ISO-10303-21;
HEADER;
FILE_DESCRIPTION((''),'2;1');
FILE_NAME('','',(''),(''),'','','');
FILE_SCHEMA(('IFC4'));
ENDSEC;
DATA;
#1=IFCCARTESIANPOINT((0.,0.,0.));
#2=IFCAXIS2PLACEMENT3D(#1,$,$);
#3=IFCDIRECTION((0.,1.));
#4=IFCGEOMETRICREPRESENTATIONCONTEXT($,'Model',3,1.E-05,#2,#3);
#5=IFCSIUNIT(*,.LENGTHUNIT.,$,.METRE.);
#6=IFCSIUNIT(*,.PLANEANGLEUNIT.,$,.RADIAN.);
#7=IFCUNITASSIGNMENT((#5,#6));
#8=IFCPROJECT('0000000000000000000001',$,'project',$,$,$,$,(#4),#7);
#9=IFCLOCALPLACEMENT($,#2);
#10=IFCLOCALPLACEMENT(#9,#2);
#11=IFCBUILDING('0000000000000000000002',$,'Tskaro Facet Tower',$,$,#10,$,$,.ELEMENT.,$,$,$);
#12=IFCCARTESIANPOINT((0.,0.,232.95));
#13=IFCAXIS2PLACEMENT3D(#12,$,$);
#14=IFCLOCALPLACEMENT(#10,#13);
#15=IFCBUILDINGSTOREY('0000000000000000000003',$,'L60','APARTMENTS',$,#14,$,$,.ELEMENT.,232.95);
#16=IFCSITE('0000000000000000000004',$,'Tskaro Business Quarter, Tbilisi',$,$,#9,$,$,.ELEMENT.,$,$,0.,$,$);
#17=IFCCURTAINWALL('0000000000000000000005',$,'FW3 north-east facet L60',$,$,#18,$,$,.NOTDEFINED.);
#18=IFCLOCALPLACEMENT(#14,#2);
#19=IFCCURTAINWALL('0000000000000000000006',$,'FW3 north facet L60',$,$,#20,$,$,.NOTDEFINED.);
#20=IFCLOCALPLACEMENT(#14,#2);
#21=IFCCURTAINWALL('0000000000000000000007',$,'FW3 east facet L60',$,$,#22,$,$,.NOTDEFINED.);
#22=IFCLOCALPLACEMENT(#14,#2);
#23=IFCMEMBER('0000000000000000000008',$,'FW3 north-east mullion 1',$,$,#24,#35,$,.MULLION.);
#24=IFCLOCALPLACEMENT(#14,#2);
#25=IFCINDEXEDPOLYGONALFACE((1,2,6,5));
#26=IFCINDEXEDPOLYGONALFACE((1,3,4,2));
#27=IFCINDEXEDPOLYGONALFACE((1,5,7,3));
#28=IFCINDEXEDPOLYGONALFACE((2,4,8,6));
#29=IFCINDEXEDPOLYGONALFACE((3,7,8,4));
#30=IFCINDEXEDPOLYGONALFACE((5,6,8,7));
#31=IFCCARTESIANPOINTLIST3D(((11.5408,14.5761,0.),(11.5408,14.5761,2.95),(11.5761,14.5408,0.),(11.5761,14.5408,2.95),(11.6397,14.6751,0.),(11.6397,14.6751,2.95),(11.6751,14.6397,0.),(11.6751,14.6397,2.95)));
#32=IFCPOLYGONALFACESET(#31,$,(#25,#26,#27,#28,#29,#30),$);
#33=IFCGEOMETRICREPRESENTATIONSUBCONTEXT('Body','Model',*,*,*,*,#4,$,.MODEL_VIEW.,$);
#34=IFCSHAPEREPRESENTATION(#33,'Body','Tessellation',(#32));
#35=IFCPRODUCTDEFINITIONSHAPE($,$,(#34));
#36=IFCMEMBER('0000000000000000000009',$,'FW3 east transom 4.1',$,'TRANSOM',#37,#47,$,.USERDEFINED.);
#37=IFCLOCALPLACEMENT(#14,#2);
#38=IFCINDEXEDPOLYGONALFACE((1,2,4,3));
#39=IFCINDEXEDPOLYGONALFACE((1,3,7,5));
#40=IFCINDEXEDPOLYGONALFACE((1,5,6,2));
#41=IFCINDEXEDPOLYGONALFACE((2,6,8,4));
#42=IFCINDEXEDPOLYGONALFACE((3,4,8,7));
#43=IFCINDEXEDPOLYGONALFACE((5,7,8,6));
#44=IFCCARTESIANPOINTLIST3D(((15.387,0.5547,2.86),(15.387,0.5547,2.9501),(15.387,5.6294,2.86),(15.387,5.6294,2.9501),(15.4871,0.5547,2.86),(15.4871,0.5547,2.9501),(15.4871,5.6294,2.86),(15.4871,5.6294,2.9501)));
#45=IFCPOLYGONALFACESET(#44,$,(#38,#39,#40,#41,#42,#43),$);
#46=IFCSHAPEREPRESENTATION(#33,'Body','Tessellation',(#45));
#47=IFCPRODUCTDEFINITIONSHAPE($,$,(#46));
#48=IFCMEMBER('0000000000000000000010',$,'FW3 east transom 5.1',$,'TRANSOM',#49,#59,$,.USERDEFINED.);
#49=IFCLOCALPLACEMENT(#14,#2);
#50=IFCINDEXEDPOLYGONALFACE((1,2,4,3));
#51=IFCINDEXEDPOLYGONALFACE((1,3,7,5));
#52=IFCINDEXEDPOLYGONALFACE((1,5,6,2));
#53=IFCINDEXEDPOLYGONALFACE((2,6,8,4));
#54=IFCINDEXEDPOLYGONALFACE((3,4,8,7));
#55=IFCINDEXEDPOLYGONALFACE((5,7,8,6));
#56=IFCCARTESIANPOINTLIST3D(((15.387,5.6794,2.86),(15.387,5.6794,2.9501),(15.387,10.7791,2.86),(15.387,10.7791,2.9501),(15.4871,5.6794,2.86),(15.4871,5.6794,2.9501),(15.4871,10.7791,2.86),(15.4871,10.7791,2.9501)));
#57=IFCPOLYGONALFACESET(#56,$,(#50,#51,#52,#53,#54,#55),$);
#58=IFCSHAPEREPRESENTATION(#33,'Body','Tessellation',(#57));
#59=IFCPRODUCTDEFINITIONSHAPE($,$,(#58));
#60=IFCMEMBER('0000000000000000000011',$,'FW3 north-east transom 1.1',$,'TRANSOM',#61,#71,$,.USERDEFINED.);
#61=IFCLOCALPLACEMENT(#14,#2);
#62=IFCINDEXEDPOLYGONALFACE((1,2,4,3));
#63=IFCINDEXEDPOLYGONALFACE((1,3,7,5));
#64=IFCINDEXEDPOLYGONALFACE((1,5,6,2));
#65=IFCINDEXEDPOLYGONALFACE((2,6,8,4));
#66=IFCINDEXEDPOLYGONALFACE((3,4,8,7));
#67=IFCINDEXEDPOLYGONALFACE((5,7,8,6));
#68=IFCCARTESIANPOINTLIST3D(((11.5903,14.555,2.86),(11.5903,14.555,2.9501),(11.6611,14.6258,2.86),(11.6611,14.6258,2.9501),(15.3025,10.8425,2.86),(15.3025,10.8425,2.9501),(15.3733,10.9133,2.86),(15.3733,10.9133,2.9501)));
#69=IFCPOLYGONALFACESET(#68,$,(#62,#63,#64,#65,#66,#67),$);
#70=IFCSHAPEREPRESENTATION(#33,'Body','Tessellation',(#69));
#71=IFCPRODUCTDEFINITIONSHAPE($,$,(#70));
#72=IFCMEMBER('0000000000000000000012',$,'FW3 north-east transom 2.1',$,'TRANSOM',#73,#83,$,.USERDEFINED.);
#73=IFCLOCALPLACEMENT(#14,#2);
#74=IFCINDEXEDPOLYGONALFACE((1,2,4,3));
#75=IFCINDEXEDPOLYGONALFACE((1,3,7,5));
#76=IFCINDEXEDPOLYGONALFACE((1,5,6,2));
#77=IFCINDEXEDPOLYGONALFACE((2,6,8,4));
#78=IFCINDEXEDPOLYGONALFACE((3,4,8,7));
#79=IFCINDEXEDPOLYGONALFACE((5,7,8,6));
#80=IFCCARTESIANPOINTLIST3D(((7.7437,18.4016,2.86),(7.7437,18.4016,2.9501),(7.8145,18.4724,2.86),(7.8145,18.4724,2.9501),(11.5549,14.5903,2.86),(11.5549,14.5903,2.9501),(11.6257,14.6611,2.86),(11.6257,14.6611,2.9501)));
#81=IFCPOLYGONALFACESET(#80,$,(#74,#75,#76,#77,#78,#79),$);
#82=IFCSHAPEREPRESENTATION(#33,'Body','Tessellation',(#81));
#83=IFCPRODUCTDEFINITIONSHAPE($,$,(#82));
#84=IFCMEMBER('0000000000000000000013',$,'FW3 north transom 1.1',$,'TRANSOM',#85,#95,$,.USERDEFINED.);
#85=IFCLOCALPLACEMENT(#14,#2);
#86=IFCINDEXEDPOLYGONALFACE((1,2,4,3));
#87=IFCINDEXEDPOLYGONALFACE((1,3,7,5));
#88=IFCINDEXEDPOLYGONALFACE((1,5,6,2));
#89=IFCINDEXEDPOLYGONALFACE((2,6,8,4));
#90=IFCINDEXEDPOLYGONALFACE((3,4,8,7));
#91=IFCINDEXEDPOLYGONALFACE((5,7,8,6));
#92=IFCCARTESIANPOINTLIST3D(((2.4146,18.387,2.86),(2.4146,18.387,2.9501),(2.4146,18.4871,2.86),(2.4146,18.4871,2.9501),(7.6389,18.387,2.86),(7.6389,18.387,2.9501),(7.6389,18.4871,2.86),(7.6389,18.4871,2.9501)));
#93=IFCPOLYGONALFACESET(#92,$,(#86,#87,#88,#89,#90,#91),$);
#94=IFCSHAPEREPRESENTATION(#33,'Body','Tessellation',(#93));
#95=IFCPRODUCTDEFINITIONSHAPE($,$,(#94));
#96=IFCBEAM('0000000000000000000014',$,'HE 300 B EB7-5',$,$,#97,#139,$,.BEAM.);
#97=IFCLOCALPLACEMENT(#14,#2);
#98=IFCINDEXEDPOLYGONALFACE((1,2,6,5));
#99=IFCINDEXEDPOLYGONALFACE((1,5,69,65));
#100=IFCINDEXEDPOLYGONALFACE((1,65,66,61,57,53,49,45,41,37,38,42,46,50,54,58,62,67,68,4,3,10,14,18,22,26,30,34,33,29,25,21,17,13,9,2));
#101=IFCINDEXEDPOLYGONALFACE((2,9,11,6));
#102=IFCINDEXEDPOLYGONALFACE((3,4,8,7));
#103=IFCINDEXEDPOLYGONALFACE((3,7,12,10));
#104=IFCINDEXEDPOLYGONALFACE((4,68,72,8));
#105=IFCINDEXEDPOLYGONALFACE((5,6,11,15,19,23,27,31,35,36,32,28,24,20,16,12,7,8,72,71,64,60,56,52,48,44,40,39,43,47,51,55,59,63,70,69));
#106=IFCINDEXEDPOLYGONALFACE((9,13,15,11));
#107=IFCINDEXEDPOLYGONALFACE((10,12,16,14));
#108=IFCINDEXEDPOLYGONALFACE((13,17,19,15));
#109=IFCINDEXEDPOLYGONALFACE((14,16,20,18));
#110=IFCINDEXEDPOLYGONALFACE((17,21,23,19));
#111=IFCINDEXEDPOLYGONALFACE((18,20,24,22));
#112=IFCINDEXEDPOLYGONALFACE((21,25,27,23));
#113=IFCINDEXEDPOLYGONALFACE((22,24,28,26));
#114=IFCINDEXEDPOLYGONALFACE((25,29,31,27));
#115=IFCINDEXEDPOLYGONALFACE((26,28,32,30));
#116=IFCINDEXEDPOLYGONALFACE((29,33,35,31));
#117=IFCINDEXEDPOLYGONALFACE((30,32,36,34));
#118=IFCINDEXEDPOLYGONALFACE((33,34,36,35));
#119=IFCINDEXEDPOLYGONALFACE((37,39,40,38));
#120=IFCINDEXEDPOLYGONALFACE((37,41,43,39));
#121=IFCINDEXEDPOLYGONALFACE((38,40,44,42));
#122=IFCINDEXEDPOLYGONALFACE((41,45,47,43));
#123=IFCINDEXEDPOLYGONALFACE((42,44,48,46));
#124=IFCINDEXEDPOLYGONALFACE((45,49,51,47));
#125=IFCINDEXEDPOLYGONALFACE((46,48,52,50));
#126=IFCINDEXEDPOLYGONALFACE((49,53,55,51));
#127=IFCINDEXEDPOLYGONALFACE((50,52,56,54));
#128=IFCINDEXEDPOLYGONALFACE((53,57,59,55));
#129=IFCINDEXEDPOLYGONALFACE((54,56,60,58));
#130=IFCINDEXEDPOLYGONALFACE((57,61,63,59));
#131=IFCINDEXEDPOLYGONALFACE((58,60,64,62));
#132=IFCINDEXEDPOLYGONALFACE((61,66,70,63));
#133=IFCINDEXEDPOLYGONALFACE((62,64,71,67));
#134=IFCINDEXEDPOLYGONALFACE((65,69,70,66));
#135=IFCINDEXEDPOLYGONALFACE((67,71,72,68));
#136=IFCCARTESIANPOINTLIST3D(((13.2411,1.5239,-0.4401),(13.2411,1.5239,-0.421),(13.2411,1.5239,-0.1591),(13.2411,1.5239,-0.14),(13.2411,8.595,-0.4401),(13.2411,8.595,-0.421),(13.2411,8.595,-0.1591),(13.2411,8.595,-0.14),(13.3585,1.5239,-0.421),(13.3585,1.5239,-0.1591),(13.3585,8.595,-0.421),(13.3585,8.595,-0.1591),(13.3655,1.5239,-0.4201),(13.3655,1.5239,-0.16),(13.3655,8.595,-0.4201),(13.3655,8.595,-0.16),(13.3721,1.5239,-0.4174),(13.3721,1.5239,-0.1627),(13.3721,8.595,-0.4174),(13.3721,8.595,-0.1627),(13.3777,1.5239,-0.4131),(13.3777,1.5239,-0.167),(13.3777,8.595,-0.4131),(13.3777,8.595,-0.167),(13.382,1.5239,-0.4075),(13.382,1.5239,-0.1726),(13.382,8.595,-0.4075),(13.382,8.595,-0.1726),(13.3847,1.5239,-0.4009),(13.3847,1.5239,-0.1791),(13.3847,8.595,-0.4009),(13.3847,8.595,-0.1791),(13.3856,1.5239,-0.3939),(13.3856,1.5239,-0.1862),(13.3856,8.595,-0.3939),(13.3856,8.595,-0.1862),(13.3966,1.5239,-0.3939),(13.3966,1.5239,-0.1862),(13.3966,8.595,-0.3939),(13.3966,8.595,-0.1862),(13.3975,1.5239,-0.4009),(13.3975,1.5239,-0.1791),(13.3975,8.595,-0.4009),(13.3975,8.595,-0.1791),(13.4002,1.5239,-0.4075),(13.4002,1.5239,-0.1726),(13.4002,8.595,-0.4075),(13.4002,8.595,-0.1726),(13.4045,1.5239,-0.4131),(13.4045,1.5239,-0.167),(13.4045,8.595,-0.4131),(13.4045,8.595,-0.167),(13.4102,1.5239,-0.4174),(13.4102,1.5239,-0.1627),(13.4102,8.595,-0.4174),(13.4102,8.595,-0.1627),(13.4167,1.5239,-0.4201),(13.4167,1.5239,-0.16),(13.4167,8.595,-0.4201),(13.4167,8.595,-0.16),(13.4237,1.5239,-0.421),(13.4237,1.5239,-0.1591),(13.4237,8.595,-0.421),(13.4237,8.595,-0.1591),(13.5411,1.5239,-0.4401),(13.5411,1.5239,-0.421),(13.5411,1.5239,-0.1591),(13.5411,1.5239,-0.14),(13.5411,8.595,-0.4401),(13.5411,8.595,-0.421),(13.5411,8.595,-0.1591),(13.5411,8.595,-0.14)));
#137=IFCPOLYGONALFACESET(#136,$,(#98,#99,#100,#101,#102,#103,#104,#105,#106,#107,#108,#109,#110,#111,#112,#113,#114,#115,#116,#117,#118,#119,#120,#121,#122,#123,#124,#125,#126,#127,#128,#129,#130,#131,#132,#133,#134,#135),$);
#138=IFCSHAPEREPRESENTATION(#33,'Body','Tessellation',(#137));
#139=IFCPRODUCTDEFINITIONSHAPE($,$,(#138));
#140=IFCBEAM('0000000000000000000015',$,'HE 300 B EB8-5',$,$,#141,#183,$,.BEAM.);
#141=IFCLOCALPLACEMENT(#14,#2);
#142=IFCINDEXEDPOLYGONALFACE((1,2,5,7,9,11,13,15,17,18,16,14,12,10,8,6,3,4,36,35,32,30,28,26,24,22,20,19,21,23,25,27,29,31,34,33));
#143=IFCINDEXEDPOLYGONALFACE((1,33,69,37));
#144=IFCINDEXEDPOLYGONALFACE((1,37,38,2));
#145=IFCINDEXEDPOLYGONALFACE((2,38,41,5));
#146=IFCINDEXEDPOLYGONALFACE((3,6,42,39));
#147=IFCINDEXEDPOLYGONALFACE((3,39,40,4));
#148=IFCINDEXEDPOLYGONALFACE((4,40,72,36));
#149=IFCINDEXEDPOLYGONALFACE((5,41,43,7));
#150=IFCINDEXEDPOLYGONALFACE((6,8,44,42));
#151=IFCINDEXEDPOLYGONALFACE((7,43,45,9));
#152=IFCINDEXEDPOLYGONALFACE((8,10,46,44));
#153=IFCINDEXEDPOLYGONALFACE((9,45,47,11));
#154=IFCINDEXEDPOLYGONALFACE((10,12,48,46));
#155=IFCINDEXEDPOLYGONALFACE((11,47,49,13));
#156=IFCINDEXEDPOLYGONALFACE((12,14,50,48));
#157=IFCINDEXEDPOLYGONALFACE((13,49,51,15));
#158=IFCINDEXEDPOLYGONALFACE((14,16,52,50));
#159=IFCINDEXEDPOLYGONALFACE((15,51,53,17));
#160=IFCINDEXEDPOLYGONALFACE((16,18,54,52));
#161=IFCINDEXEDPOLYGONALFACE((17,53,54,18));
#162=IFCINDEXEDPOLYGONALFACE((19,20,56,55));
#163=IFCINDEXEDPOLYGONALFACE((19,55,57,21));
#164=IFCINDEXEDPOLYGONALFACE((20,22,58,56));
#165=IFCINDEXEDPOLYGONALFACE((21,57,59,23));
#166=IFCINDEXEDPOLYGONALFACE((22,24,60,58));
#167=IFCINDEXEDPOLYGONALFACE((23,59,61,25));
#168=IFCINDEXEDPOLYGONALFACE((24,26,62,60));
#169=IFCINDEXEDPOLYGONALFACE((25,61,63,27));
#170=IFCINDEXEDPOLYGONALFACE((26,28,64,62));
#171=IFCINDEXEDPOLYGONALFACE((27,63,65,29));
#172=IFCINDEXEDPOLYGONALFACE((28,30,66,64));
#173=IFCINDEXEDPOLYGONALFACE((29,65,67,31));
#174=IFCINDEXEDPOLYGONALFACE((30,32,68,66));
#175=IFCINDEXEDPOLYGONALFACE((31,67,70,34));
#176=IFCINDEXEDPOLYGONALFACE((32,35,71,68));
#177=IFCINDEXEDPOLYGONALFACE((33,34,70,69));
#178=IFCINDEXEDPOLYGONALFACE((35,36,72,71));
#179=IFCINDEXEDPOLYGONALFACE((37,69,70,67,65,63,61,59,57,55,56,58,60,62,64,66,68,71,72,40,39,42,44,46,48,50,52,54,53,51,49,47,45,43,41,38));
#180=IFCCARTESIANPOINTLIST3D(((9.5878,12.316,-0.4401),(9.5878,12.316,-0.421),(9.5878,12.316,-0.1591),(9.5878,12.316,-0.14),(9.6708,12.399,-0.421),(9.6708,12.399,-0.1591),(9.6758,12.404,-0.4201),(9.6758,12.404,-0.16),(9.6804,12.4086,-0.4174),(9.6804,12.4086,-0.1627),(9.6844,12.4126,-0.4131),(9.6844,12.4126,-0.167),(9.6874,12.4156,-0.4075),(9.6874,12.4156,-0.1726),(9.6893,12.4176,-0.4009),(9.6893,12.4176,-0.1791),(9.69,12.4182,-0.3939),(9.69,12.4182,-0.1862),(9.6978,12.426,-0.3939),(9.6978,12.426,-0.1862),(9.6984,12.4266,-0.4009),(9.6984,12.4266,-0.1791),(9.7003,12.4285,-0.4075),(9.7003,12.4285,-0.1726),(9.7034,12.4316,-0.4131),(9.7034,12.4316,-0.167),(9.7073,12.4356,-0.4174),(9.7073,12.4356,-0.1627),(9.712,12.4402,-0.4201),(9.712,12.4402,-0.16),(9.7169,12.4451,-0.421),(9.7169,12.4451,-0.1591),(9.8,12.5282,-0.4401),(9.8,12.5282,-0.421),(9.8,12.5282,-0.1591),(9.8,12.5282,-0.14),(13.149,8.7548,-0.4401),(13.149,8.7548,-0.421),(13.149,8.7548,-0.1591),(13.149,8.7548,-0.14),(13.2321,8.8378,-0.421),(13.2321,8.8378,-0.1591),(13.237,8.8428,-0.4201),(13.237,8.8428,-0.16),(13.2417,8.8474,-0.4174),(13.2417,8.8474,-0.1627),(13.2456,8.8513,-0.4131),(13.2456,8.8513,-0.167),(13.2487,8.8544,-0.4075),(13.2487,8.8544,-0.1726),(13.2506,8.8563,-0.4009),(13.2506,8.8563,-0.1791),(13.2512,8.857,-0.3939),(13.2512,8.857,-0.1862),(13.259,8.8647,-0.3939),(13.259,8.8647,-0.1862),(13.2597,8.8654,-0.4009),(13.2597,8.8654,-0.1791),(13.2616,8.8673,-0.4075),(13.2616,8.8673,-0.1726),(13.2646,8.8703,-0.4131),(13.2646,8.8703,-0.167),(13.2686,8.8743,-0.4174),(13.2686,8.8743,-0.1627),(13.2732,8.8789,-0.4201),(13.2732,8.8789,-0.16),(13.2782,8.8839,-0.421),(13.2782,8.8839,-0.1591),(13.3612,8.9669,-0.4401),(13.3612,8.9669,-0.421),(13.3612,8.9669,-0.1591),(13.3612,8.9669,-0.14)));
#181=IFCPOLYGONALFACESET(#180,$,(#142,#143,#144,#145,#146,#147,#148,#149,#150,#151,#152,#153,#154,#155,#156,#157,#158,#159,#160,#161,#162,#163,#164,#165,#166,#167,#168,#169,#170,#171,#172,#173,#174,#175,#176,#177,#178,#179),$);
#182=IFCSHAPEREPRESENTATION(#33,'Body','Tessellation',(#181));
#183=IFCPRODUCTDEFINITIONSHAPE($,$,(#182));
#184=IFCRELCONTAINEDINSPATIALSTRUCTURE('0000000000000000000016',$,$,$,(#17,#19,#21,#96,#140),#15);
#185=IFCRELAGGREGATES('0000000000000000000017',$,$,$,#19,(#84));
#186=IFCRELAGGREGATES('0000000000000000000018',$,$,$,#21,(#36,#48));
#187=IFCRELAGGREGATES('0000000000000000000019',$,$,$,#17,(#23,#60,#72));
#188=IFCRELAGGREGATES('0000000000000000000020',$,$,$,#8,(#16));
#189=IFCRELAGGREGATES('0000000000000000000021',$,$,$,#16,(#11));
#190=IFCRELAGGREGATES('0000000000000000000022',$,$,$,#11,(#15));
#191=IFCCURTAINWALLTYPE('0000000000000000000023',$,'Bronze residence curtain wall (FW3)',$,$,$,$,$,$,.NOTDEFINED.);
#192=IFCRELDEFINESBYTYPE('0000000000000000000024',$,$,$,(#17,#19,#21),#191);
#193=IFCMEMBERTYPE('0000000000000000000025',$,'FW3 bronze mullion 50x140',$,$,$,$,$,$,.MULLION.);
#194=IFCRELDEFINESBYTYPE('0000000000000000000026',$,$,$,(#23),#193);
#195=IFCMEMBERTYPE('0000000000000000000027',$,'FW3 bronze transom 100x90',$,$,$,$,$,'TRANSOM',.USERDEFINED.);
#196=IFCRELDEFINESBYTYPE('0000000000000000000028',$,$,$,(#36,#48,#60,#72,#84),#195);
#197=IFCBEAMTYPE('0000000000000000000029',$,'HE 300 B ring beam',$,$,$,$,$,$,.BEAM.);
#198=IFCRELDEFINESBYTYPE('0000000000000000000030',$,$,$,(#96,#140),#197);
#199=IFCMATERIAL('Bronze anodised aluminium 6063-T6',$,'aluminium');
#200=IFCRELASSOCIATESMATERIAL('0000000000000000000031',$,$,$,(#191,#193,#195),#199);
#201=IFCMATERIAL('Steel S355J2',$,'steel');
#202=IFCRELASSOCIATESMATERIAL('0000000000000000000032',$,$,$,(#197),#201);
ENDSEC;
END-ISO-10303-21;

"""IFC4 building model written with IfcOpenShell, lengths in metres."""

from ifc_helpers import new_model, si_unit, direction, frame, origin, origin_2d, place, context, subcontext, project, spatial, rectangle, i_section, extrude, material, material_profile, profile_set, type_object, element, aggregate, save


model = new_model("IFC4")

# Units and contexts
model_context = context("Model", 3, precision=1e-05, world=origin(), true_north=direction((0.0, 1.0)))
body_context = subcontext(model_context, "Body", "Model", "MODEL_VIEW")
ifc_project = project(units=[si_unit("LENGTHUNIT", "METRE"), si_unit("PLANEANGLEUNIT", "RADIAN")], contexts=[model_context])

# Site, building, storey
site_placement = place(None, origin())
site = spatial("IfcSite", under=ifc_project, at=site_placement, Name="Tskaro Business Quarter, Tbilisi", CompositionType="ELEMENT", RefElevation=0.0)
building_placement = place(site_placement, origin())
building = spatial("IfcBuilding", under=site, at=building_placement, Name="Tskaro Facet Tower", CompositionType="ELEMENT")
storey_placement = place(building_placement, frame((0.0, 0.0, 232.95)))
storey = spatial("IfcBuildingStorey", under=building, at=storey_placement, Name="L60", Description="APARTMENTS", CompositionType="ELEMENT", Elevation=232.95)

# Shared definitions
ifc_material_1 = material(Name="Steel S355J2", Category="steel")

# Curtain walls
ifc_material_2 = material(Name="Bronze anodised aluminium 6063-T6", Category="aluminium")
curtain_wall_type = type_object("IfcCurtainWallType", Name="Bronze residence curtain wall (FW3)", PredefinedType="NOTDEFINED", material=ifc_material_2)
curtain_wall_1_placement = place(storey_placement, origin())
curtain_wall_1 = element("IfcCurtainWall", 1, at=curtain_wall_1_placement, inside=storey, type_object=curtain_wall_type, Name="FW3 north-east facet L60", PredefinedType="NOTDEFINED")
curtain_wall_2_placement = place(storey_placement, origin())
curtain_wall_2 = element("IfcCurtainWall", 2, at=curtain_wall_2_placement, inside=storey, type_object=curtain_wall_type, Name="FW3 north facet L60", PredefinedType="NOTDEFINED")

# Curtain wall
curtain_wall_3_placement = place(storey_placement, origin())
curtain_wall_3 = element("IfcCurtainWall", 3, at=curtain_wall_3_placement, inside=storey, type_object=curtain_wall_type, Name="FW3 east facet L60", PredefinedType="NOTDEFINED")
ifc_material_profile_1 = material_profile(ifc_material_2, rectangle(XDim=0.05, YDim=0.1399, at=origin_2d()), Name="Mullion 50x140")
ifc_profile_set_1 = profile_set([ifc_material_profile_1], Name="Bronze anodised aluminium 6063-T6")
member_type_1 = type_object("IfcMemberType", Name="FW3 bronze mullion 50x140", PredefinedType="MULLION", material=ifc_profile_set_1)

# Members
member_1_placement = place(storey_placement, frame((11.6079, 14.6079, 0.0), z_axis=(0.0, 0.0, 1.0), x_axis=(-0.707107, 0.707107, 0.0)))
member_1 = element("IfcMember", 4, at=member_1_placement, type_object=member_type_1, Name="FW3 north-east mullion 1", PredefinedType="MULLION", context=body_context, shape_type="SweptSolid", body=[
    extrude(rectangle(XDim=0.05, YDim=0.1399, at=origin_2d()), origin(), (0.0, 0.0, 1.0), 2.95),
])
ifc_material_profile_2 = material_profile(ifc_material_2, rectangle(XDim=0.1001, YDim=0.0901, at=origin_2d()), Name="Transom 100x90")
ifc_profile_set_2 = profile_set([ifc_material_profile_2], Name="Bronze anodised aluminium 6063-T6")
member_type_2 = type_object("IfcMemberType", Name="FW3 bronze transom 100x90", ElementType="TRANSOM", PredefinedType="USERDEFINED", material=ifc_profile_set_2)
member_2_placement = place(storey_placement, frame((15.437, 0.5547, 2.905), z_axis=(0.0, 1.0, 0.0), x_axis=(-1.0, 0.0, 0.0)))
member_2 = element("IfcMember", 5, at=member_2_placement, type_object=member_type_2, Name="FW3 east transom 4.1", ObjectType="TRANSOM", PredefinedType="USERDEFINED", context=body_context, shape_type="SweptSolid", body=[
    extrude(rectangle(XDim=0.1001, YDim=0.0901, at=origin_2d()), origin(), (0.0, 0.0, 1.0), 5.0747),
])
member_3_placement = place(storey_placement, frame((15.437, 5.6794, 2.905), z_axis=(0.0, 1.0, 0.0), x_axis=(-1.0, 0.0, 0.0)))
member_3 = element("IfcMember", 6, at=member_3_placement, type_object=member_type_2, Name="FW3 east transom 5.1", ObjectType="TRANSOM", PredefinedType="USERDEFINED", context=body_context, shape_type="SweptSolid", body=[
    extrude(rectangle(XDim=0.1001, YDim=0.0901, at=origin_2d()), origin(), (0.0, 0.0, 1.0), 5.0996),
])
member_4_placement = place(storey_placement, frame((15.3379, 10.8779, 2.905), z_axis=(-0.707084, 0.70713, 0.0), x_axis=(-0.70713, -0.707084, 0.0)))
member_4 = element("IfcMember", 7, at=member_4_placement, type_object=member_type_2, Name="FW3 north-east transom 1.1", ObjectType="TRANSOM", PredefinedType="USERDEFINED", context=body_context, shape_type="SweptSolid", body=[
    extrude(rectangle(XDim=0.1001, YDim=0.0901, at=origin_2d()), origin(), (0.0, 0.0, 1.0), 5.25),
])
member_5_placement = place(storey_placement, frame((11.5903, 14.6257, 2.905), z_axis=(-0.707107, 0.707107, 0.0), x_axis=(-0.707107, -0.707107, 0.0)))
member_5 = element("IfcMember", 8, at=member_5_placement, type_object=member_type_2, Name="FW3 north-east transom 2.1", ObjectType="TRANSOM", PredefinedType="USERDEFINED", context=body_context, shape_type="SweptSolid", body=[
    extrude(rectangle(XDim=0.1001, YDim=0.0901, at=origin_2d()), origin(), (0.0, 0.0, 1.0), 5.3899),
])
member_6_placement = place(storey_placement, frame((7.6389, 18.437, 2.905), z_axis=(-1.0, 0.0, 0.0), x_axis=(0.0, -1.0, 0.0)))
member_6 = element("IfcMember", 9, at=member_6_placement, type_object=member_type_2, Name="FW3 north transom 1.1", ObjectType="TRANSOM", PredefinedType="USERDEFINED", context=body_context, shape_type="SweptSolid", body=[
    extrude(rectangle(XDim=0.1001, YDim=0.0901, at=origin_2d()), origin(), (0.0, 0.0, 1.0), 5.2244),
])
aggregate(curtain_wall_2, [member_6])

# Beams
ifc_material_profile_3 = material_profile(ifc_material_1, i_section(OverallWidth=0.3, OverallDepth=0.3, WebThickness=0.011, FlangeThickness=0.019, FilletRadius=0.0271, at=origin_2d()), Name="HE 300 B")
ifc_profile_set_3 = profile_set([ifc_material_profile_3], Name="Steel S355J2")
beam_type = type_object("IfcBeamType", Name="HE 300 B ring beam", PredefinedType="BEAM", material=ifc_profile_set_3)
beam_placement = place(storey_placement, frame((13.3911, 1.5239, -0.29), z_axis=(0.0, 1.0, 0.0), x_axis=(-1.0, 0.0, 0.0)))
element("IfcBeam", 10, at=beam_placement, inside=storey, type_object=beam_type, Name="HE 300 B EB7-5", PredefinedType="BEAM", context=body_context, shape_type="SweptSolid", body=[
    extrude(i_section(OverallWidth=0.3, OverallDepth=0.3, WebThickness=0.011, FlangeThickness=0.019, FilletRadius=0.0271, at=origin_2d()), origin(), (0.0, 0.0, 1.0), 7.071),
])
for number, where, z_axis, x_axis, name in (
    (11, (13.2551, 8.8608, -0.29), (-0.707107, 0.707107, 0.0), (-0.707107, -0.707107, 0.0), "HE 300 B EB8-5"),
):
    element("IfcBeam", number, at=place(storey_placement, frame(where, z_axis=z_axis, x_axis=x_axis)), inside=storey, type_object=beam_type, Name=name, PredefinedType="BEAM", context=body_context, shape_type="SweptSolid", body=[
        extrude(i_section(OverallWidth=0.3, OverallDepth=0.3, WebThickness=0.011, FlangeThickness=0.019, FilletRadius=0.0271, at=origin_2d()), origin(), (0.0, 0.0, 1.0), 5.0364),
    ])

aggregate(curtain_wall_3, [member_2, member_3])
aggregate(curtain_wall_1, [member_1, member_4, member_5])

save(model, "model.ifc")
